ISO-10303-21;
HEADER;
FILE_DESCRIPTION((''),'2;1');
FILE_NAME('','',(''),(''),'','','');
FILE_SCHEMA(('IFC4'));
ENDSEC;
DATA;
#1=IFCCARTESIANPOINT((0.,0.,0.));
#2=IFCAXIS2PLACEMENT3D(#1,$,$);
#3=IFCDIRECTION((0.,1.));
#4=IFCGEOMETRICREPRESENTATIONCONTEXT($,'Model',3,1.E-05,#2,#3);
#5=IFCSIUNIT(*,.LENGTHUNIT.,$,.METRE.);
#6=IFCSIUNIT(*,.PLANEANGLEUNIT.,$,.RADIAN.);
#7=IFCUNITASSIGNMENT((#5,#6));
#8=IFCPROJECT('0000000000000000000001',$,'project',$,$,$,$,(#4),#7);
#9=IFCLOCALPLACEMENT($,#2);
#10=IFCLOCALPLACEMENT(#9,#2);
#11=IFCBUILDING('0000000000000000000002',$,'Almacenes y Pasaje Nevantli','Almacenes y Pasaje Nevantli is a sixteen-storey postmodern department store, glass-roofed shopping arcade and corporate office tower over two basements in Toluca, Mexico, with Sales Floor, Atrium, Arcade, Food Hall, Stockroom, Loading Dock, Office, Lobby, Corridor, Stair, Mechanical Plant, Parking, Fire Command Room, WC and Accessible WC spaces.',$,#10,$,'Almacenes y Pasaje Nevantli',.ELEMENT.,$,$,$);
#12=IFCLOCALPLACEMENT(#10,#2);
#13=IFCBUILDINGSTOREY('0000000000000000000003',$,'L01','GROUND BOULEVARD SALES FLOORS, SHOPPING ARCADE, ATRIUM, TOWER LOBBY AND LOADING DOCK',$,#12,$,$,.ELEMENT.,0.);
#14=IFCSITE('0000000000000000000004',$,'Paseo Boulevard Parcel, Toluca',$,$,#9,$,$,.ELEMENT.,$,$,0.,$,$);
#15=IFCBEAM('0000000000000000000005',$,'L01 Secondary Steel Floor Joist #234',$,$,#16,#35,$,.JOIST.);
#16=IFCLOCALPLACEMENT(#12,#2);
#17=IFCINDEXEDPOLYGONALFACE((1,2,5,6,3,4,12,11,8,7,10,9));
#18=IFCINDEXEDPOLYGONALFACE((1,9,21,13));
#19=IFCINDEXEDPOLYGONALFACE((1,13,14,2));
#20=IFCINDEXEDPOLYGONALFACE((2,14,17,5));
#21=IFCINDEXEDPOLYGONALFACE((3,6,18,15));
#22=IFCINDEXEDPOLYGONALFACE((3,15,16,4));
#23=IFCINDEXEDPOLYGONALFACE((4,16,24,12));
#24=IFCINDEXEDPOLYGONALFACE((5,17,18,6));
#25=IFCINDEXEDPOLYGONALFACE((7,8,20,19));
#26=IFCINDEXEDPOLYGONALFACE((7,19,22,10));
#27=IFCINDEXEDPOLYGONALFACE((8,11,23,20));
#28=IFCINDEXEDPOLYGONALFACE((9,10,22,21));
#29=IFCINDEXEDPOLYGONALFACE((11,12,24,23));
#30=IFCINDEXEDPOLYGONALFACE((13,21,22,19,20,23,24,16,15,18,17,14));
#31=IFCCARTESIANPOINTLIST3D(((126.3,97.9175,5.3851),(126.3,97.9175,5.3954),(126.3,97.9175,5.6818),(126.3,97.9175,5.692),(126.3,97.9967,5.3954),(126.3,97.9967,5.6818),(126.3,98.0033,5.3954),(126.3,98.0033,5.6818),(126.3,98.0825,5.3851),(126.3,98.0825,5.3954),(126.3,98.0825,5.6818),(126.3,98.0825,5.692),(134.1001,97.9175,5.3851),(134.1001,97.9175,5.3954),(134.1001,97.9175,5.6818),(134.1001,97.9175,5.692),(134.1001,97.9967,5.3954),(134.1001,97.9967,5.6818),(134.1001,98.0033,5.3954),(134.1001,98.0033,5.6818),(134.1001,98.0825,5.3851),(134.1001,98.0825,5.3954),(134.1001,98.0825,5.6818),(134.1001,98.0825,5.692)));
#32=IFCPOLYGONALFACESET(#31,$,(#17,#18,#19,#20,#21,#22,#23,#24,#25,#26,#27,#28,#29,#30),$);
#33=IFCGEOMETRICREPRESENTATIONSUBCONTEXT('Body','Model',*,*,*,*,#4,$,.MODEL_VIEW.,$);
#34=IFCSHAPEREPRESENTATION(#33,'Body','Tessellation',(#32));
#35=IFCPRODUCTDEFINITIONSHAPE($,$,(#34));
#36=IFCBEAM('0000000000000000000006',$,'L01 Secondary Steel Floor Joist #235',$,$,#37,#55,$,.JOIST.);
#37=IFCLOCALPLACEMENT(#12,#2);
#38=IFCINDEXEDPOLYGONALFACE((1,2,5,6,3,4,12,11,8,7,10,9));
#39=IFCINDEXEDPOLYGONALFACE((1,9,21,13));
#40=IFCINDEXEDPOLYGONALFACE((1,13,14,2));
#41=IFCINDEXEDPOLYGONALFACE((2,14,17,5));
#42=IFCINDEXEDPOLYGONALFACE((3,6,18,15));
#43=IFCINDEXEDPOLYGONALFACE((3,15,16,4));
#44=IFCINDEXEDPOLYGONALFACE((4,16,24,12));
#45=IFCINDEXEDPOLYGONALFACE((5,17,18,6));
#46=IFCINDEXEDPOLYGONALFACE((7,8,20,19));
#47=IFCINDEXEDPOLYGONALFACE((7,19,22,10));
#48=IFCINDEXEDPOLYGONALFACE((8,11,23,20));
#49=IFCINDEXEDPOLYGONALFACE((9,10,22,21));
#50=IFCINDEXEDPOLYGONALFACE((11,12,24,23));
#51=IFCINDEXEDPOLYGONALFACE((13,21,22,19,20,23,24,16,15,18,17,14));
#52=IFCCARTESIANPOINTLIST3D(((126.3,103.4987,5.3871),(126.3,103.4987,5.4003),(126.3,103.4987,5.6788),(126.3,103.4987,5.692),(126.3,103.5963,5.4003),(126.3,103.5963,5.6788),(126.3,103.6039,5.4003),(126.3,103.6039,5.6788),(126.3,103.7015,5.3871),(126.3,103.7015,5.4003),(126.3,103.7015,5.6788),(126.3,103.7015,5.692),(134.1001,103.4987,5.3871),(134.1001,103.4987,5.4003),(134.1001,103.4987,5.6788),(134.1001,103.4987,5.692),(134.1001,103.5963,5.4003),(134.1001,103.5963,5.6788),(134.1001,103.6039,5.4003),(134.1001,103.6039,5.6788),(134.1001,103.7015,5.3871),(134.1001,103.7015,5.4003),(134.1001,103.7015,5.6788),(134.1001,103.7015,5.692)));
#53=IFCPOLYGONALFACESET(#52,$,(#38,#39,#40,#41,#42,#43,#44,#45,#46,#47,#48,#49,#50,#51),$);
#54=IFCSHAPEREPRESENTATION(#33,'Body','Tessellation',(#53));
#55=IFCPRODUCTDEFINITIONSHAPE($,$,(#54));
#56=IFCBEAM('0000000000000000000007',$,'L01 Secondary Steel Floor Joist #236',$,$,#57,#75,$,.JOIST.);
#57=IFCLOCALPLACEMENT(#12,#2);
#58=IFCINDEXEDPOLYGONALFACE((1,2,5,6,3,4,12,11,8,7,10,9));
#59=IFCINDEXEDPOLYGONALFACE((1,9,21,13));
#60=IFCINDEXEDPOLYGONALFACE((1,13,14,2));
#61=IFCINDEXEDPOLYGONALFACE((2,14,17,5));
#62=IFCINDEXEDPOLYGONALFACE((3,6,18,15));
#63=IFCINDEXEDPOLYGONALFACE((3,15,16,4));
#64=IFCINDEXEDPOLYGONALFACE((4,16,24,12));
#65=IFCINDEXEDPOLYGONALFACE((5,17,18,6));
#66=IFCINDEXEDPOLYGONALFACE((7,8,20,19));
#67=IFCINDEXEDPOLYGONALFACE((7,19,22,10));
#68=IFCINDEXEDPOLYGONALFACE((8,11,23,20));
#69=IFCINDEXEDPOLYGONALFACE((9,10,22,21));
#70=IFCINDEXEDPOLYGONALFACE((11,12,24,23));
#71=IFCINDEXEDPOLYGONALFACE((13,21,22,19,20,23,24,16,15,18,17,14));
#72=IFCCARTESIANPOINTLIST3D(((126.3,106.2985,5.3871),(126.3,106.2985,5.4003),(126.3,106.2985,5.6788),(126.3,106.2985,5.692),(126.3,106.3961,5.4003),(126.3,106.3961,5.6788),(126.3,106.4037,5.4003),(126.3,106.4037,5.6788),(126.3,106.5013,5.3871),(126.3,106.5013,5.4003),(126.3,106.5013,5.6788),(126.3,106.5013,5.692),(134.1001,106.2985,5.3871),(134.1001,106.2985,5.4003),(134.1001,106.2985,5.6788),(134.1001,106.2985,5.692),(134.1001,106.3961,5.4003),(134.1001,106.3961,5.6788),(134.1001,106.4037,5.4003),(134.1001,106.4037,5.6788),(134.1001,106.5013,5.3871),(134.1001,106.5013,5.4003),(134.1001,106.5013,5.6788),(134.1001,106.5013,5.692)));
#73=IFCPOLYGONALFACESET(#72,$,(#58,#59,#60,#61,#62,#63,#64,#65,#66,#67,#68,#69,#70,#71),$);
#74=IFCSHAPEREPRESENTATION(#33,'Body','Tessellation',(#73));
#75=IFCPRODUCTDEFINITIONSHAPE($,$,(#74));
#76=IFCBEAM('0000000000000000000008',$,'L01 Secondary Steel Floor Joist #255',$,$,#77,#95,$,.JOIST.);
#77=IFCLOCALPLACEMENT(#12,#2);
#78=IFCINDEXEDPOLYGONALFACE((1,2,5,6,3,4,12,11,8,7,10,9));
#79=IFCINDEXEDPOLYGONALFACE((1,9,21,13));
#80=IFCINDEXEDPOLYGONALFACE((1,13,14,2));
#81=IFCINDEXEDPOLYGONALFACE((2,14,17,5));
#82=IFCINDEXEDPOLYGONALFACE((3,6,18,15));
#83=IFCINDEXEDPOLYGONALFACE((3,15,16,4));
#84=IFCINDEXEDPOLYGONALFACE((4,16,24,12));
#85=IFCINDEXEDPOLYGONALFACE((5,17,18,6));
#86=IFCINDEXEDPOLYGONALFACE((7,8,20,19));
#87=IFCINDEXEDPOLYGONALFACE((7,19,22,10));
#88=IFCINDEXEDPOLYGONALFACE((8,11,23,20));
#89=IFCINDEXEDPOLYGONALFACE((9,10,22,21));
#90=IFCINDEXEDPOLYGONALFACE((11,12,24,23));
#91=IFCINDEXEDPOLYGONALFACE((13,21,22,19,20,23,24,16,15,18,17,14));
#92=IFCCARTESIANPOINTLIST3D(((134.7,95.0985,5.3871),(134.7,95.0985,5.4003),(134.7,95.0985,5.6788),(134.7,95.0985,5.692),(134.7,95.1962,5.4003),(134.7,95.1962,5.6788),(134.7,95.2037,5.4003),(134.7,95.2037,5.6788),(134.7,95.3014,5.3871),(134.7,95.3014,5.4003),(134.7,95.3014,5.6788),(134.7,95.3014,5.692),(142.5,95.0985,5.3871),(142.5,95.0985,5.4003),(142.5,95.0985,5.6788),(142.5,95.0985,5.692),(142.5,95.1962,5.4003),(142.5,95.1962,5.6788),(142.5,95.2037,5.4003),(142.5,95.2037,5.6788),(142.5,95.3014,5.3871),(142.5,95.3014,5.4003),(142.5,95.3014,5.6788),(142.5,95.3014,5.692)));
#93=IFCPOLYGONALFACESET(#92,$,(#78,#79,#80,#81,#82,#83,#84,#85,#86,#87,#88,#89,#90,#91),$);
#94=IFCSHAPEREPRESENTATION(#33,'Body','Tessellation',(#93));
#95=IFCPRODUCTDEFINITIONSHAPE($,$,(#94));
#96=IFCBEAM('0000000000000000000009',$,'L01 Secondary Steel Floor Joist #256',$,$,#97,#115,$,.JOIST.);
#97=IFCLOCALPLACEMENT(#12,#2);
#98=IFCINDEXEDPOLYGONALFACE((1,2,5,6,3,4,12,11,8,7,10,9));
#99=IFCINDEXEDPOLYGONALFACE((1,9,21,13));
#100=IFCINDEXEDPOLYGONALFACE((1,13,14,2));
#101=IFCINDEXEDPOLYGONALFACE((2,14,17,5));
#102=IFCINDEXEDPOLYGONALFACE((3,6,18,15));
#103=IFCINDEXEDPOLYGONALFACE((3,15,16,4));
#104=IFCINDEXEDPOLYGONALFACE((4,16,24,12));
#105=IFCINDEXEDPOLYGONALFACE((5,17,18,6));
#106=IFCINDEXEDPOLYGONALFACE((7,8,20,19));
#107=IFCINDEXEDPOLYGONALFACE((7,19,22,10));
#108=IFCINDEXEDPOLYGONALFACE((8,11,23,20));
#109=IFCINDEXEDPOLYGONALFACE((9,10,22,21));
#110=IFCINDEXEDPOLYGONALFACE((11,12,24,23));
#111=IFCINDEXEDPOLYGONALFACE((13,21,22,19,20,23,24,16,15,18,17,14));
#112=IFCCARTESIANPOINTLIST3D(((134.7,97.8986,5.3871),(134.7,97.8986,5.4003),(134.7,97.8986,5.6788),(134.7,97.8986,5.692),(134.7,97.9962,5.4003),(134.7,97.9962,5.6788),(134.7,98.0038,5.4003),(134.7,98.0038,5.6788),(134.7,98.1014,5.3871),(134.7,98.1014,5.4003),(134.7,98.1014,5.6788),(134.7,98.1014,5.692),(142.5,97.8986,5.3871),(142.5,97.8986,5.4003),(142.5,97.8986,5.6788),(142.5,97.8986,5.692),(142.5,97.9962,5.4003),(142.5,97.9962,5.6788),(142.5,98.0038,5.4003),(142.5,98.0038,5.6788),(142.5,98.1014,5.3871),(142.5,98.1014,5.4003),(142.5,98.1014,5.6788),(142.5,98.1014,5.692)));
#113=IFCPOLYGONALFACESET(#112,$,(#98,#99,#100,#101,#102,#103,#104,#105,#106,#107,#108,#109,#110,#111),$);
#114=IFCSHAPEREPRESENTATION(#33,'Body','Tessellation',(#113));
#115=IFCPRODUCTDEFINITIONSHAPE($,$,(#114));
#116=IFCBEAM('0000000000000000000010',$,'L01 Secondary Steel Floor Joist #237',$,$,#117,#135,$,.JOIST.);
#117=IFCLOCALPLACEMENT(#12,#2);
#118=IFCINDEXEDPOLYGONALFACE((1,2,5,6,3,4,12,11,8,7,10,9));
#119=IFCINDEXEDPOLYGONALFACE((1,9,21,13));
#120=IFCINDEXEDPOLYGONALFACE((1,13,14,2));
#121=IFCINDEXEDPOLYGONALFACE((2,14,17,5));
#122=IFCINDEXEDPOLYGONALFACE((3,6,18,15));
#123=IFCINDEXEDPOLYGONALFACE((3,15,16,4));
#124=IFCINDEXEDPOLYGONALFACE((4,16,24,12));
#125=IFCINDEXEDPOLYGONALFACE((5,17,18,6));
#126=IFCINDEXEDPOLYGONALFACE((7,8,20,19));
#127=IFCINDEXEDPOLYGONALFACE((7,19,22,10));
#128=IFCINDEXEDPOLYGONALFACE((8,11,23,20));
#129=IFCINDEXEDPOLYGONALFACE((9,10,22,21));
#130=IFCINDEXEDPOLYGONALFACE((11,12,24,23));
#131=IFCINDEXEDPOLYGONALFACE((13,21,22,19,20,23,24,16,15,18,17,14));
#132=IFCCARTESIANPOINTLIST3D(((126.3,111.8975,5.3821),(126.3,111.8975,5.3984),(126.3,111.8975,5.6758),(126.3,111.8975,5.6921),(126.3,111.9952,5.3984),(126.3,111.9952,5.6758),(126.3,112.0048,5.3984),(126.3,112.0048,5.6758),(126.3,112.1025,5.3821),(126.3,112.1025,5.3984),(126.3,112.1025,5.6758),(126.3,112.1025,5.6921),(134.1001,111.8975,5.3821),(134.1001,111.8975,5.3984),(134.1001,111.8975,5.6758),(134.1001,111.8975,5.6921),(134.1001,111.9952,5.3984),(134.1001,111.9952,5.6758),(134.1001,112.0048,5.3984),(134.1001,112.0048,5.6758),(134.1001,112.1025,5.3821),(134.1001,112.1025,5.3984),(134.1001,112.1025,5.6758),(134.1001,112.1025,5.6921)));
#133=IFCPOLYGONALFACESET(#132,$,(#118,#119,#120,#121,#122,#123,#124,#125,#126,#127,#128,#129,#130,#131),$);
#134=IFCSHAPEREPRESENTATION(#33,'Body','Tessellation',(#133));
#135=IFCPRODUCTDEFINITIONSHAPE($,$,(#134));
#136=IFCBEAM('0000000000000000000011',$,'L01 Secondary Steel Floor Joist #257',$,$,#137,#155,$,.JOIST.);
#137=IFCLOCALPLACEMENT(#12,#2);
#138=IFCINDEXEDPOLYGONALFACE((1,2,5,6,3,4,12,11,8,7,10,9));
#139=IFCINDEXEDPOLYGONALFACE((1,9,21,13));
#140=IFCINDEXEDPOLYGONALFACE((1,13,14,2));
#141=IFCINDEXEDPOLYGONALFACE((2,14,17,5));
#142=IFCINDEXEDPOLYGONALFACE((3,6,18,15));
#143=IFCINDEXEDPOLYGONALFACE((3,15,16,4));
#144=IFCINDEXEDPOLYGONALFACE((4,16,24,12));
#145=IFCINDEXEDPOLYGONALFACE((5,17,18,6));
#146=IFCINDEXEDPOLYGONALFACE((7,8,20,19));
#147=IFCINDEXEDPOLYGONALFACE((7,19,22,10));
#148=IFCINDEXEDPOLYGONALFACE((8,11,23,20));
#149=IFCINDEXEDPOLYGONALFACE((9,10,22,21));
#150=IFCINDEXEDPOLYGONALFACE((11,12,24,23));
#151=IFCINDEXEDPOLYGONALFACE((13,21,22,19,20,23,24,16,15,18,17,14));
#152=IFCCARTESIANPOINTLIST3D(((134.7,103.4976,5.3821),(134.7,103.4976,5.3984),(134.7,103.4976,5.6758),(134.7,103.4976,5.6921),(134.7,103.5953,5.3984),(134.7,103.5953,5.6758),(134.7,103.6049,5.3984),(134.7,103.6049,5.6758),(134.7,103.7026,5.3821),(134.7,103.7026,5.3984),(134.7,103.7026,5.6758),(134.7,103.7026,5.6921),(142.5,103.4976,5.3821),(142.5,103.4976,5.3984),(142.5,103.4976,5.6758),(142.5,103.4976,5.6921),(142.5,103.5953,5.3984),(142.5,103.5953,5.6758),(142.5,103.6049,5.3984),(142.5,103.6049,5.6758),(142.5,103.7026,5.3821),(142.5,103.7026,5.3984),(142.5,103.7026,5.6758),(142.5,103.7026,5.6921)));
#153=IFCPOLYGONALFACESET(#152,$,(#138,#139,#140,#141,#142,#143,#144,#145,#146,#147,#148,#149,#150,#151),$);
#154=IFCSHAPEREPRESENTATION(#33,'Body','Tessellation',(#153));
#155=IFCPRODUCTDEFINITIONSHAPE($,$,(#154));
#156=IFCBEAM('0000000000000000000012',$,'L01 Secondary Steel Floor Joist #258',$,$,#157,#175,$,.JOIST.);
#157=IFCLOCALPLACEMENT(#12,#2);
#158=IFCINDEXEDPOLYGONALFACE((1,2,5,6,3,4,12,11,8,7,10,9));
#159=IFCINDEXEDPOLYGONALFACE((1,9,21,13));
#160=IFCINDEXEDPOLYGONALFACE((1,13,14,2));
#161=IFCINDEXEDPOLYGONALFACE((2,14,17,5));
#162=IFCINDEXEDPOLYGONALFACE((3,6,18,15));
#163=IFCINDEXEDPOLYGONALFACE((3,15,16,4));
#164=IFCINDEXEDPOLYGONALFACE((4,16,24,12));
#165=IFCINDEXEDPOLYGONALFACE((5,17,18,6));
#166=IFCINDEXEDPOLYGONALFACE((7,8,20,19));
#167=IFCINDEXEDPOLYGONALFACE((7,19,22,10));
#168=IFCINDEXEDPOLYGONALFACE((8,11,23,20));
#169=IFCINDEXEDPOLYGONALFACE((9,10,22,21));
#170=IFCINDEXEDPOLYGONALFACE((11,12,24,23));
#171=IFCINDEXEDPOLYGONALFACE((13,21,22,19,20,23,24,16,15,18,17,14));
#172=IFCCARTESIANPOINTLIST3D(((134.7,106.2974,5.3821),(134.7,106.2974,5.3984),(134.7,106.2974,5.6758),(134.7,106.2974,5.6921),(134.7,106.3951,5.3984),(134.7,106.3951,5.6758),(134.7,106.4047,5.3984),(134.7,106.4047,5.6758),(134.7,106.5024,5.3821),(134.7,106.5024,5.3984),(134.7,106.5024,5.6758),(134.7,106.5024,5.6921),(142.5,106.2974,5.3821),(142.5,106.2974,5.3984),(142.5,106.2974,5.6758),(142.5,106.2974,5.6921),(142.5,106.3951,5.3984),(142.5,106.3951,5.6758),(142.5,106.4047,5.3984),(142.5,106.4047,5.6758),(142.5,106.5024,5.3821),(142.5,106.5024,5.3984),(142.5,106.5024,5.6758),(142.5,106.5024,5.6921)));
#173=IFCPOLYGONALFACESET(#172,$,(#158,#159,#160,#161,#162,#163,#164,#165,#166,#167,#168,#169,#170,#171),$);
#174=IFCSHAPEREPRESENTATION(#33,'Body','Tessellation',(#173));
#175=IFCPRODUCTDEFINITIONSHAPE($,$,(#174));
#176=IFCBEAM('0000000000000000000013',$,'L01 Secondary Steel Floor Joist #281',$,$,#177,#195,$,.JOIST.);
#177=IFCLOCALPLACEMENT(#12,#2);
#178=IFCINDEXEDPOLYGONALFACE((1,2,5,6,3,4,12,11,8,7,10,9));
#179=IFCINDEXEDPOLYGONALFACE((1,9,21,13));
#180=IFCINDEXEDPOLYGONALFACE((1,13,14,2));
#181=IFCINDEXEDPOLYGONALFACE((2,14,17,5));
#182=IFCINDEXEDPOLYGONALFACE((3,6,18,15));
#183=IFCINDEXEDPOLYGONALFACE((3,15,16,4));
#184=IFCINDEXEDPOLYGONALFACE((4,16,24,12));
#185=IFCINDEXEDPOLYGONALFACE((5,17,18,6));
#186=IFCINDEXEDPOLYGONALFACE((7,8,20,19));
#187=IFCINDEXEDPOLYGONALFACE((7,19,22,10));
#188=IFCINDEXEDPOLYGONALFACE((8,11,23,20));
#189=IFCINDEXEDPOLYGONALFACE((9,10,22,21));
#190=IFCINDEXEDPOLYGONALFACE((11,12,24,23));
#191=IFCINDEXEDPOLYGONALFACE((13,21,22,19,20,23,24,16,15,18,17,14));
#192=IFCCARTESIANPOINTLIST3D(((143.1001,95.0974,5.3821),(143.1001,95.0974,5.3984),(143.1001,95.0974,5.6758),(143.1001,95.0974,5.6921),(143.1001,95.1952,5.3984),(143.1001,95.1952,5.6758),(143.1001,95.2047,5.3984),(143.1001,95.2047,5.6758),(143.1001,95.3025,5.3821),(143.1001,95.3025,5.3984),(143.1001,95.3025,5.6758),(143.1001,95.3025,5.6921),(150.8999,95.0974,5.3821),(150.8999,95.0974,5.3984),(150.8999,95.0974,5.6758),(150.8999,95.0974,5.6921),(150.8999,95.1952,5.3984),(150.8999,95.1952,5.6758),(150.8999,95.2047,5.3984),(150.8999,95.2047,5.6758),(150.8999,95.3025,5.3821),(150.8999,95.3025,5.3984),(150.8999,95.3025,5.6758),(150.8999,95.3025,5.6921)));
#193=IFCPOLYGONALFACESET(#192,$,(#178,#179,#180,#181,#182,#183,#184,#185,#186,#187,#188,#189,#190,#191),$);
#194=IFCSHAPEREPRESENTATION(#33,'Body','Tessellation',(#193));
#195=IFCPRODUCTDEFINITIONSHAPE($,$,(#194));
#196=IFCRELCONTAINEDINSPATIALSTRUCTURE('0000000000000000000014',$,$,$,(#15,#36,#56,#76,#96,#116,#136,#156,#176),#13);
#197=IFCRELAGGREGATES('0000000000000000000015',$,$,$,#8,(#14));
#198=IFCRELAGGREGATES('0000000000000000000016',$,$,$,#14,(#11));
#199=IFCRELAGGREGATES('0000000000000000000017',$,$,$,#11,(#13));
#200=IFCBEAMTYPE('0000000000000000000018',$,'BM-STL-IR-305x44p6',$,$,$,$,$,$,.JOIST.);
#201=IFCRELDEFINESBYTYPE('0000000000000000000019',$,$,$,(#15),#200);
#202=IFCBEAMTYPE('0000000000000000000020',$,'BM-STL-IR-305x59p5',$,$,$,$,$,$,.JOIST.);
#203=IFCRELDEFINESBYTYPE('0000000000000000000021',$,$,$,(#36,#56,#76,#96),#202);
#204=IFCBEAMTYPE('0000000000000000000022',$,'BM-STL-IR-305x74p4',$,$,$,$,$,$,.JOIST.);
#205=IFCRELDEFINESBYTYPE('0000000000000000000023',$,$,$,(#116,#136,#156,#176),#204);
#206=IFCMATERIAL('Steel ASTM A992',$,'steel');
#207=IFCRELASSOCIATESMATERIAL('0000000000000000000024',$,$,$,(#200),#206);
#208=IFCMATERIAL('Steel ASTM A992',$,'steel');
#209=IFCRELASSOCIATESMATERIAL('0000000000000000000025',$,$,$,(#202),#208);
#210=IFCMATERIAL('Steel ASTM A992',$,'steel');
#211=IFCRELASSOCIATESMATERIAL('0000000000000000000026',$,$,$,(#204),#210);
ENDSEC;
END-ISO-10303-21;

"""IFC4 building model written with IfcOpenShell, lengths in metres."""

from ifc_helpers import new_model, si_unit, direction, frame, origin, origin_2d, place, context, subcontext, project, spatial, i_section, extrude, material, material_profile, profile_set, type_object, element, save


model = new_model("IFC4")

# Units and contexts
model_context = context("Model", 3, precision=1e-05, world=origin(), true_north=direction((0.0, 1.0)))
body_context = subcontext(model_context, "Body", "Model", "MODEL_VIEW")
ifc_project = project(units=[si_unit("LENGTHUNIT", "METRE"), si_unit("PLANEANGLEUNIT", "RADIAN")], contexts=[model_context])

# Site, building, storey
site_placement = place(None, origin())
site = spatial("IfcSite", under=ifc_project, at=site_placement, Name="Paseo Boulevard Parcel, Toluca", CompositionType="ELEMENT", RefElevation=0.0)
building_placement = place(site_placement, origin())
building = spatial("IfcBuilding", under=site, at=building_placement, Name="Almacenes y Pasaje Nevantli", Description="Almacenes y Pasaje Nevantli is a sixteen-storey postmodern department store, glass-roofed shopping arcade and corporate office tower over two basements in Toluca, Mexico, with Sales Floor, Atrium, Arcade, Food Hall, Stockroom, Loading Dock, Office, Lobby, Corridor, Stair, Mechanical Plant, Parking, Fire Command Room, WC and Accessible WC spaces.", LongName="Almacenes y Pasaje Nevantli", CompositionType="ELEMENT")
storey_placement = place(building_placement, origin())
storey = spatial("IfcBuildingStorey", under=building, at=storey_placement, Name="L01", Description="GROUND BOULEVARD SALES FLOORS, SHOPPING ARCADE, ATRIUM, TOWER LOBBY AND LOADING DOCK", CompositionType="ELEMENT", Elevation=0.0)

# Beams
ifc_material_1 = material(Name="Steel ASTM A992", Category="steel")
ifc_material_profile_1 = material_profile(ifc_material_1, i_section(OverallWidth=0.165, OverallDepth=0.3069, WebThickness=0.0066, FlangeThickness=0.0103, at=origin_2d()), Name="IR 305x44.6")
ifc_profile_set_1 = profile_set([ifc_material_profile_1], Name="Steel ASTM A992")
beam_type_1 = type_object("IfcBeamType", Name="BM-STL-IR-305x44p6", PredefinedType="JOIST", material=ifc_profile_set_1)
for number, where, z_axis, x_axis, name in (
    (1, (126.3, 98.0, 5.5386), (1.0, 0.0, 0.0), (0.0, 1.0, 0.0), "L01 Secondary Steel Floor Joist #234"),
):
    element("IfcBeam", number, at=place(storey_placement, frame(where, z_axis=z_axis, x_axis=x_axis)), inside=storey, type_object=beam_type_1, Name=name, PredefinedType="JOIST", context=body_context, shape_type="SweptSolid", body=[
        extrude(i_section(OverallWidth=0.165, OverallDepth=0.3069, WebThickness=0.0066, FlangeThickness=0.0103, at=origin_2d()), origin(), (0.0, 0.0, 1.0), 7.8),
    ])
ifc_material_2 = material(Name="Steel ASTM A992", Category="steel")
ifc_material_profile_2 = material_profile(ifc_material_2, i_section(OverallWidth=0.2029, OverallDepth=0.3049, WebThickness=0.0076, FlangeThickness=0.0132, at=origin_2d()), Name="IR 305x59.5")
ifc_profile_set_2 = profile_set([ifc_material_profile_2], Name="Steel ASTM A992")
beam_type_2 = type_object("IfcBeamType", Name="BM-STL-IR-305x59p5", PredefinedType="JOIST", material=ifc_profile_set_2)
for number, where, z_axis, x_axis, name in (
    (2, (126.3, 103.6001, 5.5396), (1.0, 0.0, 0.0), (0.0, 1.0, 0.0), "L01 Secondary Steel Floor Joist #235"),
    (3, (126.3, 106.3999, 5.5396), (1.0, 0.0, 0.0), (0.0, 1.0, 0.0), "L01 Secondary Steel Floor Joist #236"),
    (4, (134.7, 95.2, 5.5396), (1.0, 0.0, 0.0), (0.0, 1.0, 0.0), "L01 Secondary Steel Floor Joist #255"),
    (5, (134.7, 98.0, 5.5396), (1.0, 0.0, 0.0), (0.0, 1.0, 0.0), "L01 Secondary Steel Floor Joist #256"),
):
    element("IfcBeam", number, at=place(storey_placement, frame(where, z_axis=z_axis, x_axis=x_axis)), inside=storey, type_object=beam_type_2, Name=name, PredefinedType="JOIST", context=body_context, shape_type="SweptSolid", body=[
        extrude(i_section(OverallWidth=0.2029, OverallDepth=0.3049, WebThickness=0.0076, FlangeThickness=0.0132, at=origin_2d()), origin(), (0.0, 0.0, 1.0), 7.8),
    ])
ifc_material_3 = material(Name="Steel ASTM A992", Category="steel")
ifc_material_profile_3 = material_profile(ifc_material_3, i_section(OverallWidth=0.2051, OverallDepth=0.3101, WebThickness=0.0095, FlangeThickness=0.0164, at=origin_2d()), Name="IR 305x74.4")
ifc_profile_set_3 = profile_set([ifc_material_profile_3], Name="Steel ASTM A992")
beam_type_3 = type_object("IfcBeamType", Name="BM-STL-IR-305x74p4", PredefinedType="JOIST", material=ifc_profile_set_3)
for number, where, z_axis, x_axis, name in (
    (6, (126.3, 112.0, 5.5371), (1.0, 0.0, 0.0), (0.0, 1.0, 0.0), "L01 Secondary Steel Floor Joist #237"),
    (7, (134.7, 103.6001, 5.5371), (1.0, 0.0, 0.0), (0.0, 1.0, 0.0), "L01 Secondary Steel Floor Joist #257"),
    (8, (134.7, 106.3999, 5.5371), (1.0, 0.0, 0.0), (0.0, 1.0, 0.0), "L01 Secondary Steel Floor Joist #258"),
):
    element("IfcBeam", number, at=place(storey_placement, frame(where, z_axis=z_axis, x_axis=x_axis)), inside=storey, type_object=beam_type_3, Name=name, PredefinedType="JOIST", context=body_context, shape_type="SweptSolid", body=[
        extrude(i_section(OverallWidth=0.2051, OverallDepth=0.3101, WebThickness=0.0095, FlangeThickness=0.0164, at=origin_2d()), origin(), (0.0, 0.0, 1.0), 7.8),
    ])
for number, where, z_axis, x_axis, name in (
    (9, (143.1001, 95.2, 5.5371), (1.0, 0.0, 0.0), (0.0, 1.0, 0.0), "L01 Secondary Steel Floor Joist #281"),
):
    element("IfcBeam", number, at=place(storey_placement, frame(where, z_axis=z_axis, x_axis=x_axis)), inside=storey, type_object=beam_type_3, Name=name, PredefinedType="JOIST", context=body_context, shape_type="SweptSolid", body=[
        extrude(i_section(OverallWidth=0.2051, OverallDepth=0.3101, WebThickness=0.0095, FlangeThickness=0.0164, at=origin_2d()), origin(), (0.0, 0.0, 1.0), 7.7998),
    ])

save(model, "model.ifc")
